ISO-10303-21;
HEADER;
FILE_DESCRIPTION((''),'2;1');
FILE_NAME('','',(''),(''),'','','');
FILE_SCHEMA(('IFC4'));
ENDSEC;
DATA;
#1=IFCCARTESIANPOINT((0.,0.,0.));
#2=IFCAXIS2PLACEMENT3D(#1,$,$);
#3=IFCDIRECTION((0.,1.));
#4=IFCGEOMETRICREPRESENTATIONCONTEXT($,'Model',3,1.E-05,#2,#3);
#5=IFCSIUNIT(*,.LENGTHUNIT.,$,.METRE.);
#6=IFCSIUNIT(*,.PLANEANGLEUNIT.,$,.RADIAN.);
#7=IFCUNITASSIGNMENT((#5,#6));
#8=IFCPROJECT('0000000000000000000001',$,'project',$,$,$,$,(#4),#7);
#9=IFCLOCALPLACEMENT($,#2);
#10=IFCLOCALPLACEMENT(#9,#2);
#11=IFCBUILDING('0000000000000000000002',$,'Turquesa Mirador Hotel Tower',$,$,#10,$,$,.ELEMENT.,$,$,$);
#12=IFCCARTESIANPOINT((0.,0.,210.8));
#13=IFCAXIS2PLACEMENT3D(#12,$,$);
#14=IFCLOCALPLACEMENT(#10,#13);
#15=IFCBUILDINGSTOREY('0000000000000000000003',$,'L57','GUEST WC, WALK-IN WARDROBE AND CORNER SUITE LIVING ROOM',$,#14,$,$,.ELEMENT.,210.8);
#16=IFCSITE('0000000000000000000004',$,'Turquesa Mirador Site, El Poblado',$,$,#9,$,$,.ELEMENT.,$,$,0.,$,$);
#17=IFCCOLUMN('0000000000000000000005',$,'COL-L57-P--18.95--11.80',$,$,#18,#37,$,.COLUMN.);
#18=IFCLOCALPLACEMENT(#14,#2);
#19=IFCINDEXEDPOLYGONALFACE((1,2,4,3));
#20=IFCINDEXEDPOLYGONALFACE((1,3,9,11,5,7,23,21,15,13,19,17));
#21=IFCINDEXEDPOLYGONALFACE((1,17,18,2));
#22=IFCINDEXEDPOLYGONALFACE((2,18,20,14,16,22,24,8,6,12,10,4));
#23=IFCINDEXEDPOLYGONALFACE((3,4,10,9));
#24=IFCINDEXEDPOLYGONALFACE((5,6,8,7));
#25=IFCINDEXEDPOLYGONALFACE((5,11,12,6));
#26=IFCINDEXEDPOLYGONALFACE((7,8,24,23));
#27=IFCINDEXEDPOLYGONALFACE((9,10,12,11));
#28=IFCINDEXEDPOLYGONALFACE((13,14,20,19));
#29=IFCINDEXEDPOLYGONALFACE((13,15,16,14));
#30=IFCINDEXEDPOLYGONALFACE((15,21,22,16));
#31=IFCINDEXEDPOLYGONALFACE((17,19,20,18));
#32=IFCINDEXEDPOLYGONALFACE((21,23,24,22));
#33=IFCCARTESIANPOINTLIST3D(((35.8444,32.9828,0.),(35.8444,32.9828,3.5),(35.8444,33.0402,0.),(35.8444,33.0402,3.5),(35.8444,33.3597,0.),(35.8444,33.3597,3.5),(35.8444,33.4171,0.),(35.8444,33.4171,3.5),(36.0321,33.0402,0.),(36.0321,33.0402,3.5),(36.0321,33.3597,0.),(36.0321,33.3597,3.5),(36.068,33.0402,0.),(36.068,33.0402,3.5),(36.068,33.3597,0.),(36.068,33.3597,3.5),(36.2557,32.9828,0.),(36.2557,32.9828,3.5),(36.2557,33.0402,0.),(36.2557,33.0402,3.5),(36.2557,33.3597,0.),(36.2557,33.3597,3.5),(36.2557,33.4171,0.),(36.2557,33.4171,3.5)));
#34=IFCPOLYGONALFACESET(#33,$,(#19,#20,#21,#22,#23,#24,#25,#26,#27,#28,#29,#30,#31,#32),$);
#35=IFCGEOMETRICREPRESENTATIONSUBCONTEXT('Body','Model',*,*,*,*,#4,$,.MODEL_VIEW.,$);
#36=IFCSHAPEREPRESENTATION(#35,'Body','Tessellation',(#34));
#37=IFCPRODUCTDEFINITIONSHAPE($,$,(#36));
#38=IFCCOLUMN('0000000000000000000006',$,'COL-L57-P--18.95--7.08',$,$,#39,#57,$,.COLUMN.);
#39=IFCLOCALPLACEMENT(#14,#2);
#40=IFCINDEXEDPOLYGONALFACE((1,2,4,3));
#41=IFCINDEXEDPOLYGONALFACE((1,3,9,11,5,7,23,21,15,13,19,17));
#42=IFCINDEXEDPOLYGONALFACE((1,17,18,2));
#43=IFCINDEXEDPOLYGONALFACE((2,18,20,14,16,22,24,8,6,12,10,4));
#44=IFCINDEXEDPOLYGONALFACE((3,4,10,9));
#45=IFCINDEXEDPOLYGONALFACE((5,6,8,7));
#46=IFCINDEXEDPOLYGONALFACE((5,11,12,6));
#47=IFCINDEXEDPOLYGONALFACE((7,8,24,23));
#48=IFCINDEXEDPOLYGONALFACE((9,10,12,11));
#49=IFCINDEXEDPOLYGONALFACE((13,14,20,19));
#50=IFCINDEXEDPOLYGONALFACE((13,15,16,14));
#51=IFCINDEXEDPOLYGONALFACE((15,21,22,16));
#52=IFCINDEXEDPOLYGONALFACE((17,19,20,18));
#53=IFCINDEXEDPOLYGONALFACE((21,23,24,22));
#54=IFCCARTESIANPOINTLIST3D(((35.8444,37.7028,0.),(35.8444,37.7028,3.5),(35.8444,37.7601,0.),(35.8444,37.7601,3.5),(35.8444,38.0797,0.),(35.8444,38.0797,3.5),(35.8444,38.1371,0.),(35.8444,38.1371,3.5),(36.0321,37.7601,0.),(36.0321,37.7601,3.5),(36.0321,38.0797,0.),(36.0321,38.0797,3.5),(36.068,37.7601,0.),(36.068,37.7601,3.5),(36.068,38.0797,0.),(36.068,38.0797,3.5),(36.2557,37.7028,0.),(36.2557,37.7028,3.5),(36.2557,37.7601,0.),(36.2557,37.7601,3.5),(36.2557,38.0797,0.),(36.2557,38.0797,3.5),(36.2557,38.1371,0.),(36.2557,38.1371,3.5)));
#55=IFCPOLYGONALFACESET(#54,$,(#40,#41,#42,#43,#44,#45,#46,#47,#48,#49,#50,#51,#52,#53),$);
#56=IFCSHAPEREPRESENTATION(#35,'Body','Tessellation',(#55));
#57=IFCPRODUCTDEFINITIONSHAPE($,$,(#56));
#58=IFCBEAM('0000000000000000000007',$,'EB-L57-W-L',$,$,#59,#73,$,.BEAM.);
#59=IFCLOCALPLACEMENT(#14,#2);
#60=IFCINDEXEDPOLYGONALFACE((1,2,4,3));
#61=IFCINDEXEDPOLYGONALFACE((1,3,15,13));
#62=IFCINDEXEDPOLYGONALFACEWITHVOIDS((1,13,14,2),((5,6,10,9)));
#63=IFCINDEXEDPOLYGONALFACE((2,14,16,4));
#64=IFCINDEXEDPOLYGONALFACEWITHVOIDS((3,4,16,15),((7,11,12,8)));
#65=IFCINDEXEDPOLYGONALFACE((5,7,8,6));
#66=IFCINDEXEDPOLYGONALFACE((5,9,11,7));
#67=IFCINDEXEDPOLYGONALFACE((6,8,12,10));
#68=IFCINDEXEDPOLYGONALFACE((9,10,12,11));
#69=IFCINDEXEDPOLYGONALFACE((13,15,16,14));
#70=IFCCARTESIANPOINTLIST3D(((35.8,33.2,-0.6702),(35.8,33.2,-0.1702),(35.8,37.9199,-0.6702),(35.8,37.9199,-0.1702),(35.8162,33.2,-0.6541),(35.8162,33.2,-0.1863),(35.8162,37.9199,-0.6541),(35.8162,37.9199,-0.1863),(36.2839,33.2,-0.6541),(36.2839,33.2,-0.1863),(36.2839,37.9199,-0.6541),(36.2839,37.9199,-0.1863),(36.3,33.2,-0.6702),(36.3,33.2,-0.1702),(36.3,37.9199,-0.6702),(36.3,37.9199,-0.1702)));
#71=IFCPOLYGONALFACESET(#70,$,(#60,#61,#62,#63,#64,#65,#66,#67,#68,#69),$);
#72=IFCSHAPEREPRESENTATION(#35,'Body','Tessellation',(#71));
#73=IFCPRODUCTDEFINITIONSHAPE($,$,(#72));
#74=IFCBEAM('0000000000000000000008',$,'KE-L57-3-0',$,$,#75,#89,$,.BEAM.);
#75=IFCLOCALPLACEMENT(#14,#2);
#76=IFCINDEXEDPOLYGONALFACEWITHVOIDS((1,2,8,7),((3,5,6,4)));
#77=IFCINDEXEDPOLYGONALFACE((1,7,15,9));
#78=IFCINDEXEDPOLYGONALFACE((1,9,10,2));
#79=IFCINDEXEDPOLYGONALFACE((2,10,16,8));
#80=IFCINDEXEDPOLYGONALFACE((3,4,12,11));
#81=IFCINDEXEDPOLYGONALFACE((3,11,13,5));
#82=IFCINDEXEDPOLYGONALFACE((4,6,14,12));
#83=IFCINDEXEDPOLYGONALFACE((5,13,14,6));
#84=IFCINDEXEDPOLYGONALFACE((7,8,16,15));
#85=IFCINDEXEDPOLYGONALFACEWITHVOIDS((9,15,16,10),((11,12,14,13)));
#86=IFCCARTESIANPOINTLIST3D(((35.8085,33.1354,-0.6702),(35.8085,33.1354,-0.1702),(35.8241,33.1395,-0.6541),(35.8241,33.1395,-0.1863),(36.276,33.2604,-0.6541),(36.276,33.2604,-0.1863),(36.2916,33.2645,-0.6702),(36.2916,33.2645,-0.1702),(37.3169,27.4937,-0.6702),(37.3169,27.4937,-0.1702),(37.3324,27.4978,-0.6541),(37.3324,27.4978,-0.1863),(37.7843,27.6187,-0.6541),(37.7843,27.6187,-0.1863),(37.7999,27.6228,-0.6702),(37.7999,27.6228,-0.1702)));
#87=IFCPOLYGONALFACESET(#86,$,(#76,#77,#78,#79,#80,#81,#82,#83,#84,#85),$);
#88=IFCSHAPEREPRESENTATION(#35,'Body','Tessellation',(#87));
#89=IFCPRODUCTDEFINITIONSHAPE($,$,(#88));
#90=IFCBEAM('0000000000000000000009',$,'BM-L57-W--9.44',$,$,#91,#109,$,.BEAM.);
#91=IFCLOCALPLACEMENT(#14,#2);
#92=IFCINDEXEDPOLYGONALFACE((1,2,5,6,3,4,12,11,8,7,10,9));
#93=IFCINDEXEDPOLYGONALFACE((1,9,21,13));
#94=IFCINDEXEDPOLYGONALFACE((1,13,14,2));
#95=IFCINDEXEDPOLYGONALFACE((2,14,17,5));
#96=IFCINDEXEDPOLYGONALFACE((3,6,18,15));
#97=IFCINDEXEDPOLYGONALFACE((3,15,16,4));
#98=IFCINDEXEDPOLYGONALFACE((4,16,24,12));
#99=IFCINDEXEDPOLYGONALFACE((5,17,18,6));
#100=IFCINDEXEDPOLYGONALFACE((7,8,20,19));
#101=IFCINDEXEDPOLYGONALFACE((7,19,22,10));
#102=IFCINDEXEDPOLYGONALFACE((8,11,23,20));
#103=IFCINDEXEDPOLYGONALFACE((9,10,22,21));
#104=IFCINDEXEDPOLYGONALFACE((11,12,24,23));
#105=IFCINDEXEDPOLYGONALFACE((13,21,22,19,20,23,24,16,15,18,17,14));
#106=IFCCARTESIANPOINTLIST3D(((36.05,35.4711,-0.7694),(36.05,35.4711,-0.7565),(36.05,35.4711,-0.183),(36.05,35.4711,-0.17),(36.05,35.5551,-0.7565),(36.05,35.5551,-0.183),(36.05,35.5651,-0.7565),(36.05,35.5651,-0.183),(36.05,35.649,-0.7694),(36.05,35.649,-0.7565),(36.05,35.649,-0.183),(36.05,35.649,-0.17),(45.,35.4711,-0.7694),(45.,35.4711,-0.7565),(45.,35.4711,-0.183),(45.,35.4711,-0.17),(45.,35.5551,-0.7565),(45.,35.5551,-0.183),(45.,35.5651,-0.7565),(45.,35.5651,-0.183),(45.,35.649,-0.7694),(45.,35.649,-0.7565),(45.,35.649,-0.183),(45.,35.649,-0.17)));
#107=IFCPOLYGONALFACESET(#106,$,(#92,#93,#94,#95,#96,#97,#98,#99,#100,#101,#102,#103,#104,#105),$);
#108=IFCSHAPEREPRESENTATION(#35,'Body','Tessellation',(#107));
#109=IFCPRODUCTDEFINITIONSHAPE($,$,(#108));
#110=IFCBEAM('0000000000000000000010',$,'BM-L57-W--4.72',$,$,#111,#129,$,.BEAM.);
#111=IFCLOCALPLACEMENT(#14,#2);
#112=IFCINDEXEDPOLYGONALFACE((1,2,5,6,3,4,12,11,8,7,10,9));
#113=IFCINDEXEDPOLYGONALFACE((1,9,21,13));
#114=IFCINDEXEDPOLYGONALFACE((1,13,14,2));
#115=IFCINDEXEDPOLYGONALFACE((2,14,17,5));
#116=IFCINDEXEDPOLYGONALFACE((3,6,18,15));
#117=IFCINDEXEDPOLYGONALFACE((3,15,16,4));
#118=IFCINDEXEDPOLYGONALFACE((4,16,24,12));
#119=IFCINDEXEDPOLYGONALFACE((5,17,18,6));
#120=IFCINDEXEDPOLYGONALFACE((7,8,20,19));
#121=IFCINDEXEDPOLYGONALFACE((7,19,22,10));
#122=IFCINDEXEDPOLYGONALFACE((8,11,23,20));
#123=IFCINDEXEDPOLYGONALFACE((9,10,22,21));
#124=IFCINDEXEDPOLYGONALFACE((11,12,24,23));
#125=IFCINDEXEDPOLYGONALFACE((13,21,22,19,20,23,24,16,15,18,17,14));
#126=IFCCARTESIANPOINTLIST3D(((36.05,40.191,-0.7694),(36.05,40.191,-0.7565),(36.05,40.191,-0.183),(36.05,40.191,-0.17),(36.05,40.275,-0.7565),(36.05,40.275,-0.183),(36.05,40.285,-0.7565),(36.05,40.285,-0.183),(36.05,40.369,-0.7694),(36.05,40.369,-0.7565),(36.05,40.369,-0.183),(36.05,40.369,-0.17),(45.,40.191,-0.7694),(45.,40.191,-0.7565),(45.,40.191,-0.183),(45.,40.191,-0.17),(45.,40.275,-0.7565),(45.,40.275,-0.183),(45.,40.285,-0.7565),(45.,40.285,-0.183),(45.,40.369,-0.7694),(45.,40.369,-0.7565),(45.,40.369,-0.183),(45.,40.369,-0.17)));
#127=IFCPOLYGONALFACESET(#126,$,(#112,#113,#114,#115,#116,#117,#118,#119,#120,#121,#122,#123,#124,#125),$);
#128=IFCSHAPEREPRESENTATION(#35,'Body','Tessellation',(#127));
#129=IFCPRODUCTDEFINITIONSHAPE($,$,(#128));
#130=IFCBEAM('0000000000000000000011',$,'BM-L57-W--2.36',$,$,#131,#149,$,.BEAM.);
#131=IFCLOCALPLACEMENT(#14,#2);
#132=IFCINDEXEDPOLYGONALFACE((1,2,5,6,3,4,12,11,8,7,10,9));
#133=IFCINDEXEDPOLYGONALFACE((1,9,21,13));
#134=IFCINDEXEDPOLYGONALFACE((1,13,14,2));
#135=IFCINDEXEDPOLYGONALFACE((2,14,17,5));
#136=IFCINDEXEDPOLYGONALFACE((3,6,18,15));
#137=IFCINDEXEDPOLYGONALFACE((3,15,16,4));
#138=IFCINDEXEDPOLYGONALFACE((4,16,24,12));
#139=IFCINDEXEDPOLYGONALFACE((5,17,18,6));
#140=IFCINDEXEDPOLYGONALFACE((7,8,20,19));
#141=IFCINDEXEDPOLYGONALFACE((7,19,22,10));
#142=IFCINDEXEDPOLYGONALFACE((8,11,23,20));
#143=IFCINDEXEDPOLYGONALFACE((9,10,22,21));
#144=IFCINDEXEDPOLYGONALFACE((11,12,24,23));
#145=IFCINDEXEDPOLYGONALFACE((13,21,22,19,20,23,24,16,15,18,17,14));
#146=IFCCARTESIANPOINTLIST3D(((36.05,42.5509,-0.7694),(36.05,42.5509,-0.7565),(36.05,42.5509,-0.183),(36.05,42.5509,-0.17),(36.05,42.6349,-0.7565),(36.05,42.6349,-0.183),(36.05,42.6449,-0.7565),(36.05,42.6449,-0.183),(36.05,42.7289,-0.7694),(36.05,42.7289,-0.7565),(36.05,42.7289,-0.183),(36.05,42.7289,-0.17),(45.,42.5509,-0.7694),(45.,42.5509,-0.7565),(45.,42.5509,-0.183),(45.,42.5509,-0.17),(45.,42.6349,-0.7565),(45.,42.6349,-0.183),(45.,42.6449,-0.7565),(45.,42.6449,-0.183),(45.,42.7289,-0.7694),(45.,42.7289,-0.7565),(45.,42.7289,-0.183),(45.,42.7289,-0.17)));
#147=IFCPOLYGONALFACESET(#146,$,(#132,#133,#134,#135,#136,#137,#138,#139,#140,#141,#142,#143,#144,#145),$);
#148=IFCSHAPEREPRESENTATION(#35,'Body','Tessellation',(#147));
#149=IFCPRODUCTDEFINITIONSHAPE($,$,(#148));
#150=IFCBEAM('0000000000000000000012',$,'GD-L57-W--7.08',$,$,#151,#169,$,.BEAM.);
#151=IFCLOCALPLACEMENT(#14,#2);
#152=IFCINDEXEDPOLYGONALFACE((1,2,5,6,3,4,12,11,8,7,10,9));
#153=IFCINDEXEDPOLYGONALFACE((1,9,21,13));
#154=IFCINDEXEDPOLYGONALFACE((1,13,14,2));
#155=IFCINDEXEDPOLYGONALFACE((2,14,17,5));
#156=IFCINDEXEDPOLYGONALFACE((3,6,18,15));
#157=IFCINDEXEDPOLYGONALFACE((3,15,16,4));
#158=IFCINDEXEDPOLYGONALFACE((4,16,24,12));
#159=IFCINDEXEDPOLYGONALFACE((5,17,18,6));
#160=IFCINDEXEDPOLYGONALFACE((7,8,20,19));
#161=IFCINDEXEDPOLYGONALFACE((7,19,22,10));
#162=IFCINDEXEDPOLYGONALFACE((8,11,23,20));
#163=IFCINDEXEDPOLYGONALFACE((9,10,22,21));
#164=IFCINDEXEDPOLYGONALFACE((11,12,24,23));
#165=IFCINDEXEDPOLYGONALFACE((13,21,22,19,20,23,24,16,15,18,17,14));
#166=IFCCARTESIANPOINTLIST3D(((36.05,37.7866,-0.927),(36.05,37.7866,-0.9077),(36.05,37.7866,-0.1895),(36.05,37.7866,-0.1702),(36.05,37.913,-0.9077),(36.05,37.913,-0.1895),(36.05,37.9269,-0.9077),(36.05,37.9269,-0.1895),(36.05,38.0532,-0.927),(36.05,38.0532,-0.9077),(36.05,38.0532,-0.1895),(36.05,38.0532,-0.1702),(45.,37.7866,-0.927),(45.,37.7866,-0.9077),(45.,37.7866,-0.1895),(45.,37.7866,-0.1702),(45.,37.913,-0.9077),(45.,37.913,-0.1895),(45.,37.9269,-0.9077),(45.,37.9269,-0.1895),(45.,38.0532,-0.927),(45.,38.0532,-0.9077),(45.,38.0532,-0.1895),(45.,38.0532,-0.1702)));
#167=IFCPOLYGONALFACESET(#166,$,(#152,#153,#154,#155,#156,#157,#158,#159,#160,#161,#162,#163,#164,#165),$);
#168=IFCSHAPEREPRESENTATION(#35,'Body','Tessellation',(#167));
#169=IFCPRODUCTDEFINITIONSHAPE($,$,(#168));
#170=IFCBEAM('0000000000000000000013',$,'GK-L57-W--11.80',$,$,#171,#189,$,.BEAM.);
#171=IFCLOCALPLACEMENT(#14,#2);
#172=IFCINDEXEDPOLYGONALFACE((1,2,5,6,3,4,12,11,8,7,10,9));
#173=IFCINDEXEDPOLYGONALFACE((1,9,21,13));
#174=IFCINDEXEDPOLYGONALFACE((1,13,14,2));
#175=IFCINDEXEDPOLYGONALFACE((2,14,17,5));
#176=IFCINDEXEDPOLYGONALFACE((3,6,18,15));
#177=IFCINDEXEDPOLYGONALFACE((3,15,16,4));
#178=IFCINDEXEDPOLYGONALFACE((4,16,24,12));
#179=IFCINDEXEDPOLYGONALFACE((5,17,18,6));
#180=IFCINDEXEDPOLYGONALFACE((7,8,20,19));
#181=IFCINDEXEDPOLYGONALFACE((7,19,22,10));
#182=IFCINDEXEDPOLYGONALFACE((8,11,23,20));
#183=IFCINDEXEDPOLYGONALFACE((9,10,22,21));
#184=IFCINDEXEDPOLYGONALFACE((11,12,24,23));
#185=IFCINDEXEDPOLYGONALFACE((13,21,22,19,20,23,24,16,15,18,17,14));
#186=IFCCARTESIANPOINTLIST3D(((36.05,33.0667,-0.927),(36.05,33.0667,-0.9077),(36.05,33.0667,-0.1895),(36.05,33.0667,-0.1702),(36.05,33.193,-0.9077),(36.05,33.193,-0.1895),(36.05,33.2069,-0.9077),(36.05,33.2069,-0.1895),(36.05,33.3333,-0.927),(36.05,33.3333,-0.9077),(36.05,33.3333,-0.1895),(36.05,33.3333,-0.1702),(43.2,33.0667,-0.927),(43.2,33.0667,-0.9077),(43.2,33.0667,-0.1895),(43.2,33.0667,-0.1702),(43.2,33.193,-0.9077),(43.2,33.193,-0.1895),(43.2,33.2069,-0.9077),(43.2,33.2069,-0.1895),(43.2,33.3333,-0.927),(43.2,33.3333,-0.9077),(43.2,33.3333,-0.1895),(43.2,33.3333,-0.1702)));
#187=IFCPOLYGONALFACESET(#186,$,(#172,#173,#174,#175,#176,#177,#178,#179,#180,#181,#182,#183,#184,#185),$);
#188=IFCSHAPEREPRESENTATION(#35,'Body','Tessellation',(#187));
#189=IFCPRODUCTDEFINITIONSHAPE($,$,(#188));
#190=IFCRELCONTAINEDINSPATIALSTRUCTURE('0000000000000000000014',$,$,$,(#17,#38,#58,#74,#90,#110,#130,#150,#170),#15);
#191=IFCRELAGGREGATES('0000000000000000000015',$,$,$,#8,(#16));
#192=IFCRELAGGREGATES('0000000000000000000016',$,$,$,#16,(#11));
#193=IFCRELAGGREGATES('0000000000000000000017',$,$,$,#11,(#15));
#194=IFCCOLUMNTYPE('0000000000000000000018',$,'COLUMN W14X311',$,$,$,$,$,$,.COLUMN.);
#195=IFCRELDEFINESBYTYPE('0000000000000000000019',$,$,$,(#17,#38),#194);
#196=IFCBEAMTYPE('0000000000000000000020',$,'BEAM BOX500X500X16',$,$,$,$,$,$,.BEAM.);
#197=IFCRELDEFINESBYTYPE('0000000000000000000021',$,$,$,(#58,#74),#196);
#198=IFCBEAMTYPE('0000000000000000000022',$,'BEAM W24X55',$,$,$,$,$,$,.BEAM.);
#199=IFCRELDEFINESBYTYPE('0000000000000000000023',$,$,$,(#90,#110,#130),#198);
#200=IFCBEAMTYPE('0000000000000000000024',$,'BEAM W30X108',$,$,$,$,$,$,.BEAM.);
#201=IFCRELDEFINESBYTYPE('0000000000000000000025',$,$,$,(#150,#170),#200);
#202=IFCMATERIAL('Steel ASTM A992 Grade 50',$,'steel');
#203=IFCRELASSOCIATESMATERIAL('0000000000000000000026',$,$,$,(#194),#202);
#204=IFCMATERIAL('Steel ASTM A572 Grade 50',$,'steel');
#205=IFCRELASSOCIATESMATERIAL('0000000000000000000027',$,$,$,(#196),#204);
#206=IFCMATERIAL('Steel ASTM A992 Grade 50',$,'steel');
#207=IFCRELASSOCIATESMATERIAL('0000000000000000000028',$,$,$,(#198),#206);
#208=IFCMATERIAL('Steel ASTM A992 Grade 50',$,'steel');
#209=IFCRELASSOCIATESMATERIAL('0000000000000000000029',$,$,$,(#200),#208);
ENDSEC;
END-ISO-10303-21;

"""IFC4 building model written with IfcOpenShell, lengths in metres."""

from ifc_helpers import new_model, si_unit, direction, frame, origin, origin_2d, place, context, subcontext, project, spatial, hollow_rectangle, i_section, extrude, material, material_profile, profile_set, type_object, element, save


model = new_model("IFC4")

# Units and contexts
model_context = context("Model", 3, precision=1e-05, world=origin(), true_north=direction((0.0, 1.0)))
body_context = subcontext(model_context, "Body", "Model", "MODEL_VIEW")
ifc_project = project(units=[si_unit("LENGTHUNIT", "METRE"), si_unit("PLANEANGLEUNIT", "RADIAN")], contexts=[model_context])

# Site, building, storey
site_placement = place(None, origin())
site = spatial("IfcSite", under=ifc_project, at=site_placement, Name="Turquesa Mirador Site, El Poblado", CompositionType="ELEMENT", RefElevation=0.0)
building_placement = place(site_placement, origin())
building = spatial("IfcBuilding", under=site, at=building_placement, Name="Turquesa Mirador Hotel Tower", CompositionType="ELEMENT")
storey_placement = place(building_placement, frame((0.0, 0.0, 210.8)))
storey = spatial("IfcBuildingStorey", under=building, at=storey_placement, Name="L57", Description="GUEST WC, WALK-IN WARDROBE AND CORNER SUITE LIVING ROOM", CompositionType="ELEMENT", Elevation=210.8)

# Columns
ifc_material_1 = material(Name="Steel ASTM A992 Grade 50", Category="steel")
ifc_material_profile_1 = material_profile(ifc_material_1, i_section(OverallWidth=0.4114, OverallDepth=0.4343, WebThickness=0.0359, FlangeThickness=0.0574, at=origin_2d()), Name="W14X311")
ifc_profile_set_1 = profile_set([ifc_material_profile_1], Name="Steel ASTM A992 Grade 50")
column_type = type_object("IfcColumnType", Name="COLUMN W14X311", PredefinedType="COLUMN", material=ifc_profile_set_1)
for number, where, z_axis, x_axis, name in (
    (1, (36.05, 33.2, 0.0), (0.0, 0.0, 1.0), (1.0, 0.0, 0.0), "COL-L57-P--18.95--11.80"),
    (2, (36.05, 37.9199, 0.0), (0.0, 0.0, 1.0), (1.0, 0.0, 0.0), "COL-L57-P--18.95--7.08"),
):
    element("IfcColumn", number, at=place(storey_placement, frame(where, z_axis=z_axis, x_axis=x_axis)), inside=storey, type_object=column_type, Name=name, PredefinedType="COLUMN", context=body_context, shape_type="SweptSolid", body=[
        extrude(i_section(OverallWidth=0.4114, OverallDepth=0.4343, WebThickness=0.0359, FlangeThickness=0.0574, at=origin_2d()), origin(), (0.0, 0.0, 1.0), 3.5),
    ])

# Beams
ifc_material_2 = material(Name="Steel ASTM A572 Grade 50", Category="steel")
ifc_material_profile_2 = material_profile(ifc_material_2, hollow_rectangle(XDim=0.5, YDim=0.5, WallThickness=0.0161, at=origin_2d()), Name="BOX500X500X16")
ifc_profile_set_2 = profile_set([ifc_material_profile_2], Name="Steel ASTM A572 Grade 50")
beam_type_1 = type_object("IfcBeamType", Name="BEAM BOX500X500X16", PredefinedType="BEAM", material=ifc_profile_set_2)
beam_1_placement = place(storey_placement, frame((36.05, 33.2, -0.4202), z_axis=(0.0, 1.0, 0.0), x_axis=(-1.0, 0.0, 0.0)))
element("IfcBeam", 3, at=beam_1_placement, inside=storey, type_object=beam_type_1, Name="EB-L57-W-L", PredefinedType="BEAM", context=body_context, shape_type="SweptSolid", body=[
    extrude(hollow_rectangle(XDim=0.5, YDim=0.5, WallThickness=0.0161, at=origin_2d()), origin(), (0.0, 0.0, 1.0), 4.72),
])
beam_2_placement = place(storey_placement, frame((36.05, 33.2, -0.4202), z_axis=(0.258282, -0.96607, 0.0), x_axis=(0.96607, 0.258282, 0.0)))
element("IfcBeam", 4, at=beam_2_placement, inside=storey, type_object=beam_type_1, Name="KE-L57-3-0", PredefinedType="BEAM", context=body_context, shape_type="SweptSolid", body=[
    extrude(hollow_rectangle(XDim=0.5, YDim=0.5, WallThickness=0.0161, at=origin_2d()), origin(), (0.0, 0.0, 1.0), 5.8398),
])
ifc_material_3 = material(Name="Steel ASTM A992 Grade 50", Category="steel")
ifc_material_profile_3 = material_profile(ifc_material_3, i_section(OverallWidth=0.178, OverallDepth=0.5994, WebThickness=0.01, FlangeThickness=0.0129, at=origin_2d()), Name="W24X55")
ifc_profile_set_3 = profile_set([ifc_material_profile_3], Name="Steel ASTM A992 Grade 50")
beam_type_2 = type_object("IfcBeamType", Name="BEAM W24X55", PredefinedType="BEAM", material=ifc_profile_set_3)
for number, where, z_axis, x_axis, name in (
    (5, (36.05, 35.5601, -0.4697), (1.0, 0.0, 0.0), (0.0, 1.0, 0.0), "BM-L57-W--9.44"),
    (6, (36.05, 40.28, -0.4697), (1.0, 0.0, 0.0), (0.0, 1.0, 0.0), "BM-L57-W--4.72"),
    (7, (36.05, 42.6399, -0.4697), (1.0, 0.0, 0.0), (0.0, 1.0, 0.0), "BM-L57-W--2.36"),
):
    element("IfcBeam", number, at=place(storey_placement, frame(where, z_axis=z_axis, x_axis=x_axis)), inside=storey, type_object=beam_type_2, Name=name, PredefinedType="BEAM", context=body_context, shape_type="SweptSolid", body=[
        extrude(i_section(OverallWidth=0.178, OverallDepth=0.5994, WebThickness=0.01, FlangeThickness=0.0129, at=origin_2d()), origin(), (0.0, 0.0, 1.0), 8.95),
    ])
ifc_material_4 = material(Name="Steel ASTM A992 Grade 50", Category="steel")
ifc_material_profile_4 = material_profile(ifc_material_4, i_section(OverallWidth=0.2666, OverallDepth=0.7568, WebThickness=0.0139, FlangeThickness=0.0193, at=origin_2d()), Name="W30X108")
ifc_profile_set_4 = profile_set([ifc_material_profile_4], Name="Steel ASTM A992 Grade 50")
beam_type_3 = type_object("IfcBeamType", Name="BEAM W30X108", PredefinedType="BEAM", material=ifc_profile_set_4)
beam_3_placement = place(storey_placement, frame((36.05, 37.9199, -0.5486), z_axis=(1.0, 0.0, 0.0), x_axis=(0.0, 1.0, 0.0)))
element("IfcBeam", 8, at=beam_3_placement, inside=storey, type_object=beam_type_3, Name="GD-L57-W--7.08", PredefinedType="BEAM", context=body_context, shape_type="SweptSolid", body=[
    extrude(i_section(OverallWidth=0.2666, OverallDepth=0.7568, WebThickness=0.0139, FlangeThickness=0.0193, at=origin_2d()), origin(), (0.0, 0.0, 1.0), 8.95),
])
beam_4_placement = place(storey_placement, frame((36.05, 33.2, -0.5486), z_axis=(1.0, 0.0, 0.0), x_axis=(0.0, 1.0, 0.0)))
element("IfcBeam", 9, at=beam_4_placement, inside=storey, type_object=beam_type_3, Name="GK-L57-W--11.80", PredefinedType="BEAM", context=body_context, shape_type="SweptSolid", body=[
    extrude(i_section(OverallWidth=0.2666, OverallDepth=0.7568, WebThickness=0.0139, FlangeThickness=0.0193, at=origin_2d()), origin(), (0.0, 0.0, 1.0), 7.1499),
])

save(model, "model.ifc")
